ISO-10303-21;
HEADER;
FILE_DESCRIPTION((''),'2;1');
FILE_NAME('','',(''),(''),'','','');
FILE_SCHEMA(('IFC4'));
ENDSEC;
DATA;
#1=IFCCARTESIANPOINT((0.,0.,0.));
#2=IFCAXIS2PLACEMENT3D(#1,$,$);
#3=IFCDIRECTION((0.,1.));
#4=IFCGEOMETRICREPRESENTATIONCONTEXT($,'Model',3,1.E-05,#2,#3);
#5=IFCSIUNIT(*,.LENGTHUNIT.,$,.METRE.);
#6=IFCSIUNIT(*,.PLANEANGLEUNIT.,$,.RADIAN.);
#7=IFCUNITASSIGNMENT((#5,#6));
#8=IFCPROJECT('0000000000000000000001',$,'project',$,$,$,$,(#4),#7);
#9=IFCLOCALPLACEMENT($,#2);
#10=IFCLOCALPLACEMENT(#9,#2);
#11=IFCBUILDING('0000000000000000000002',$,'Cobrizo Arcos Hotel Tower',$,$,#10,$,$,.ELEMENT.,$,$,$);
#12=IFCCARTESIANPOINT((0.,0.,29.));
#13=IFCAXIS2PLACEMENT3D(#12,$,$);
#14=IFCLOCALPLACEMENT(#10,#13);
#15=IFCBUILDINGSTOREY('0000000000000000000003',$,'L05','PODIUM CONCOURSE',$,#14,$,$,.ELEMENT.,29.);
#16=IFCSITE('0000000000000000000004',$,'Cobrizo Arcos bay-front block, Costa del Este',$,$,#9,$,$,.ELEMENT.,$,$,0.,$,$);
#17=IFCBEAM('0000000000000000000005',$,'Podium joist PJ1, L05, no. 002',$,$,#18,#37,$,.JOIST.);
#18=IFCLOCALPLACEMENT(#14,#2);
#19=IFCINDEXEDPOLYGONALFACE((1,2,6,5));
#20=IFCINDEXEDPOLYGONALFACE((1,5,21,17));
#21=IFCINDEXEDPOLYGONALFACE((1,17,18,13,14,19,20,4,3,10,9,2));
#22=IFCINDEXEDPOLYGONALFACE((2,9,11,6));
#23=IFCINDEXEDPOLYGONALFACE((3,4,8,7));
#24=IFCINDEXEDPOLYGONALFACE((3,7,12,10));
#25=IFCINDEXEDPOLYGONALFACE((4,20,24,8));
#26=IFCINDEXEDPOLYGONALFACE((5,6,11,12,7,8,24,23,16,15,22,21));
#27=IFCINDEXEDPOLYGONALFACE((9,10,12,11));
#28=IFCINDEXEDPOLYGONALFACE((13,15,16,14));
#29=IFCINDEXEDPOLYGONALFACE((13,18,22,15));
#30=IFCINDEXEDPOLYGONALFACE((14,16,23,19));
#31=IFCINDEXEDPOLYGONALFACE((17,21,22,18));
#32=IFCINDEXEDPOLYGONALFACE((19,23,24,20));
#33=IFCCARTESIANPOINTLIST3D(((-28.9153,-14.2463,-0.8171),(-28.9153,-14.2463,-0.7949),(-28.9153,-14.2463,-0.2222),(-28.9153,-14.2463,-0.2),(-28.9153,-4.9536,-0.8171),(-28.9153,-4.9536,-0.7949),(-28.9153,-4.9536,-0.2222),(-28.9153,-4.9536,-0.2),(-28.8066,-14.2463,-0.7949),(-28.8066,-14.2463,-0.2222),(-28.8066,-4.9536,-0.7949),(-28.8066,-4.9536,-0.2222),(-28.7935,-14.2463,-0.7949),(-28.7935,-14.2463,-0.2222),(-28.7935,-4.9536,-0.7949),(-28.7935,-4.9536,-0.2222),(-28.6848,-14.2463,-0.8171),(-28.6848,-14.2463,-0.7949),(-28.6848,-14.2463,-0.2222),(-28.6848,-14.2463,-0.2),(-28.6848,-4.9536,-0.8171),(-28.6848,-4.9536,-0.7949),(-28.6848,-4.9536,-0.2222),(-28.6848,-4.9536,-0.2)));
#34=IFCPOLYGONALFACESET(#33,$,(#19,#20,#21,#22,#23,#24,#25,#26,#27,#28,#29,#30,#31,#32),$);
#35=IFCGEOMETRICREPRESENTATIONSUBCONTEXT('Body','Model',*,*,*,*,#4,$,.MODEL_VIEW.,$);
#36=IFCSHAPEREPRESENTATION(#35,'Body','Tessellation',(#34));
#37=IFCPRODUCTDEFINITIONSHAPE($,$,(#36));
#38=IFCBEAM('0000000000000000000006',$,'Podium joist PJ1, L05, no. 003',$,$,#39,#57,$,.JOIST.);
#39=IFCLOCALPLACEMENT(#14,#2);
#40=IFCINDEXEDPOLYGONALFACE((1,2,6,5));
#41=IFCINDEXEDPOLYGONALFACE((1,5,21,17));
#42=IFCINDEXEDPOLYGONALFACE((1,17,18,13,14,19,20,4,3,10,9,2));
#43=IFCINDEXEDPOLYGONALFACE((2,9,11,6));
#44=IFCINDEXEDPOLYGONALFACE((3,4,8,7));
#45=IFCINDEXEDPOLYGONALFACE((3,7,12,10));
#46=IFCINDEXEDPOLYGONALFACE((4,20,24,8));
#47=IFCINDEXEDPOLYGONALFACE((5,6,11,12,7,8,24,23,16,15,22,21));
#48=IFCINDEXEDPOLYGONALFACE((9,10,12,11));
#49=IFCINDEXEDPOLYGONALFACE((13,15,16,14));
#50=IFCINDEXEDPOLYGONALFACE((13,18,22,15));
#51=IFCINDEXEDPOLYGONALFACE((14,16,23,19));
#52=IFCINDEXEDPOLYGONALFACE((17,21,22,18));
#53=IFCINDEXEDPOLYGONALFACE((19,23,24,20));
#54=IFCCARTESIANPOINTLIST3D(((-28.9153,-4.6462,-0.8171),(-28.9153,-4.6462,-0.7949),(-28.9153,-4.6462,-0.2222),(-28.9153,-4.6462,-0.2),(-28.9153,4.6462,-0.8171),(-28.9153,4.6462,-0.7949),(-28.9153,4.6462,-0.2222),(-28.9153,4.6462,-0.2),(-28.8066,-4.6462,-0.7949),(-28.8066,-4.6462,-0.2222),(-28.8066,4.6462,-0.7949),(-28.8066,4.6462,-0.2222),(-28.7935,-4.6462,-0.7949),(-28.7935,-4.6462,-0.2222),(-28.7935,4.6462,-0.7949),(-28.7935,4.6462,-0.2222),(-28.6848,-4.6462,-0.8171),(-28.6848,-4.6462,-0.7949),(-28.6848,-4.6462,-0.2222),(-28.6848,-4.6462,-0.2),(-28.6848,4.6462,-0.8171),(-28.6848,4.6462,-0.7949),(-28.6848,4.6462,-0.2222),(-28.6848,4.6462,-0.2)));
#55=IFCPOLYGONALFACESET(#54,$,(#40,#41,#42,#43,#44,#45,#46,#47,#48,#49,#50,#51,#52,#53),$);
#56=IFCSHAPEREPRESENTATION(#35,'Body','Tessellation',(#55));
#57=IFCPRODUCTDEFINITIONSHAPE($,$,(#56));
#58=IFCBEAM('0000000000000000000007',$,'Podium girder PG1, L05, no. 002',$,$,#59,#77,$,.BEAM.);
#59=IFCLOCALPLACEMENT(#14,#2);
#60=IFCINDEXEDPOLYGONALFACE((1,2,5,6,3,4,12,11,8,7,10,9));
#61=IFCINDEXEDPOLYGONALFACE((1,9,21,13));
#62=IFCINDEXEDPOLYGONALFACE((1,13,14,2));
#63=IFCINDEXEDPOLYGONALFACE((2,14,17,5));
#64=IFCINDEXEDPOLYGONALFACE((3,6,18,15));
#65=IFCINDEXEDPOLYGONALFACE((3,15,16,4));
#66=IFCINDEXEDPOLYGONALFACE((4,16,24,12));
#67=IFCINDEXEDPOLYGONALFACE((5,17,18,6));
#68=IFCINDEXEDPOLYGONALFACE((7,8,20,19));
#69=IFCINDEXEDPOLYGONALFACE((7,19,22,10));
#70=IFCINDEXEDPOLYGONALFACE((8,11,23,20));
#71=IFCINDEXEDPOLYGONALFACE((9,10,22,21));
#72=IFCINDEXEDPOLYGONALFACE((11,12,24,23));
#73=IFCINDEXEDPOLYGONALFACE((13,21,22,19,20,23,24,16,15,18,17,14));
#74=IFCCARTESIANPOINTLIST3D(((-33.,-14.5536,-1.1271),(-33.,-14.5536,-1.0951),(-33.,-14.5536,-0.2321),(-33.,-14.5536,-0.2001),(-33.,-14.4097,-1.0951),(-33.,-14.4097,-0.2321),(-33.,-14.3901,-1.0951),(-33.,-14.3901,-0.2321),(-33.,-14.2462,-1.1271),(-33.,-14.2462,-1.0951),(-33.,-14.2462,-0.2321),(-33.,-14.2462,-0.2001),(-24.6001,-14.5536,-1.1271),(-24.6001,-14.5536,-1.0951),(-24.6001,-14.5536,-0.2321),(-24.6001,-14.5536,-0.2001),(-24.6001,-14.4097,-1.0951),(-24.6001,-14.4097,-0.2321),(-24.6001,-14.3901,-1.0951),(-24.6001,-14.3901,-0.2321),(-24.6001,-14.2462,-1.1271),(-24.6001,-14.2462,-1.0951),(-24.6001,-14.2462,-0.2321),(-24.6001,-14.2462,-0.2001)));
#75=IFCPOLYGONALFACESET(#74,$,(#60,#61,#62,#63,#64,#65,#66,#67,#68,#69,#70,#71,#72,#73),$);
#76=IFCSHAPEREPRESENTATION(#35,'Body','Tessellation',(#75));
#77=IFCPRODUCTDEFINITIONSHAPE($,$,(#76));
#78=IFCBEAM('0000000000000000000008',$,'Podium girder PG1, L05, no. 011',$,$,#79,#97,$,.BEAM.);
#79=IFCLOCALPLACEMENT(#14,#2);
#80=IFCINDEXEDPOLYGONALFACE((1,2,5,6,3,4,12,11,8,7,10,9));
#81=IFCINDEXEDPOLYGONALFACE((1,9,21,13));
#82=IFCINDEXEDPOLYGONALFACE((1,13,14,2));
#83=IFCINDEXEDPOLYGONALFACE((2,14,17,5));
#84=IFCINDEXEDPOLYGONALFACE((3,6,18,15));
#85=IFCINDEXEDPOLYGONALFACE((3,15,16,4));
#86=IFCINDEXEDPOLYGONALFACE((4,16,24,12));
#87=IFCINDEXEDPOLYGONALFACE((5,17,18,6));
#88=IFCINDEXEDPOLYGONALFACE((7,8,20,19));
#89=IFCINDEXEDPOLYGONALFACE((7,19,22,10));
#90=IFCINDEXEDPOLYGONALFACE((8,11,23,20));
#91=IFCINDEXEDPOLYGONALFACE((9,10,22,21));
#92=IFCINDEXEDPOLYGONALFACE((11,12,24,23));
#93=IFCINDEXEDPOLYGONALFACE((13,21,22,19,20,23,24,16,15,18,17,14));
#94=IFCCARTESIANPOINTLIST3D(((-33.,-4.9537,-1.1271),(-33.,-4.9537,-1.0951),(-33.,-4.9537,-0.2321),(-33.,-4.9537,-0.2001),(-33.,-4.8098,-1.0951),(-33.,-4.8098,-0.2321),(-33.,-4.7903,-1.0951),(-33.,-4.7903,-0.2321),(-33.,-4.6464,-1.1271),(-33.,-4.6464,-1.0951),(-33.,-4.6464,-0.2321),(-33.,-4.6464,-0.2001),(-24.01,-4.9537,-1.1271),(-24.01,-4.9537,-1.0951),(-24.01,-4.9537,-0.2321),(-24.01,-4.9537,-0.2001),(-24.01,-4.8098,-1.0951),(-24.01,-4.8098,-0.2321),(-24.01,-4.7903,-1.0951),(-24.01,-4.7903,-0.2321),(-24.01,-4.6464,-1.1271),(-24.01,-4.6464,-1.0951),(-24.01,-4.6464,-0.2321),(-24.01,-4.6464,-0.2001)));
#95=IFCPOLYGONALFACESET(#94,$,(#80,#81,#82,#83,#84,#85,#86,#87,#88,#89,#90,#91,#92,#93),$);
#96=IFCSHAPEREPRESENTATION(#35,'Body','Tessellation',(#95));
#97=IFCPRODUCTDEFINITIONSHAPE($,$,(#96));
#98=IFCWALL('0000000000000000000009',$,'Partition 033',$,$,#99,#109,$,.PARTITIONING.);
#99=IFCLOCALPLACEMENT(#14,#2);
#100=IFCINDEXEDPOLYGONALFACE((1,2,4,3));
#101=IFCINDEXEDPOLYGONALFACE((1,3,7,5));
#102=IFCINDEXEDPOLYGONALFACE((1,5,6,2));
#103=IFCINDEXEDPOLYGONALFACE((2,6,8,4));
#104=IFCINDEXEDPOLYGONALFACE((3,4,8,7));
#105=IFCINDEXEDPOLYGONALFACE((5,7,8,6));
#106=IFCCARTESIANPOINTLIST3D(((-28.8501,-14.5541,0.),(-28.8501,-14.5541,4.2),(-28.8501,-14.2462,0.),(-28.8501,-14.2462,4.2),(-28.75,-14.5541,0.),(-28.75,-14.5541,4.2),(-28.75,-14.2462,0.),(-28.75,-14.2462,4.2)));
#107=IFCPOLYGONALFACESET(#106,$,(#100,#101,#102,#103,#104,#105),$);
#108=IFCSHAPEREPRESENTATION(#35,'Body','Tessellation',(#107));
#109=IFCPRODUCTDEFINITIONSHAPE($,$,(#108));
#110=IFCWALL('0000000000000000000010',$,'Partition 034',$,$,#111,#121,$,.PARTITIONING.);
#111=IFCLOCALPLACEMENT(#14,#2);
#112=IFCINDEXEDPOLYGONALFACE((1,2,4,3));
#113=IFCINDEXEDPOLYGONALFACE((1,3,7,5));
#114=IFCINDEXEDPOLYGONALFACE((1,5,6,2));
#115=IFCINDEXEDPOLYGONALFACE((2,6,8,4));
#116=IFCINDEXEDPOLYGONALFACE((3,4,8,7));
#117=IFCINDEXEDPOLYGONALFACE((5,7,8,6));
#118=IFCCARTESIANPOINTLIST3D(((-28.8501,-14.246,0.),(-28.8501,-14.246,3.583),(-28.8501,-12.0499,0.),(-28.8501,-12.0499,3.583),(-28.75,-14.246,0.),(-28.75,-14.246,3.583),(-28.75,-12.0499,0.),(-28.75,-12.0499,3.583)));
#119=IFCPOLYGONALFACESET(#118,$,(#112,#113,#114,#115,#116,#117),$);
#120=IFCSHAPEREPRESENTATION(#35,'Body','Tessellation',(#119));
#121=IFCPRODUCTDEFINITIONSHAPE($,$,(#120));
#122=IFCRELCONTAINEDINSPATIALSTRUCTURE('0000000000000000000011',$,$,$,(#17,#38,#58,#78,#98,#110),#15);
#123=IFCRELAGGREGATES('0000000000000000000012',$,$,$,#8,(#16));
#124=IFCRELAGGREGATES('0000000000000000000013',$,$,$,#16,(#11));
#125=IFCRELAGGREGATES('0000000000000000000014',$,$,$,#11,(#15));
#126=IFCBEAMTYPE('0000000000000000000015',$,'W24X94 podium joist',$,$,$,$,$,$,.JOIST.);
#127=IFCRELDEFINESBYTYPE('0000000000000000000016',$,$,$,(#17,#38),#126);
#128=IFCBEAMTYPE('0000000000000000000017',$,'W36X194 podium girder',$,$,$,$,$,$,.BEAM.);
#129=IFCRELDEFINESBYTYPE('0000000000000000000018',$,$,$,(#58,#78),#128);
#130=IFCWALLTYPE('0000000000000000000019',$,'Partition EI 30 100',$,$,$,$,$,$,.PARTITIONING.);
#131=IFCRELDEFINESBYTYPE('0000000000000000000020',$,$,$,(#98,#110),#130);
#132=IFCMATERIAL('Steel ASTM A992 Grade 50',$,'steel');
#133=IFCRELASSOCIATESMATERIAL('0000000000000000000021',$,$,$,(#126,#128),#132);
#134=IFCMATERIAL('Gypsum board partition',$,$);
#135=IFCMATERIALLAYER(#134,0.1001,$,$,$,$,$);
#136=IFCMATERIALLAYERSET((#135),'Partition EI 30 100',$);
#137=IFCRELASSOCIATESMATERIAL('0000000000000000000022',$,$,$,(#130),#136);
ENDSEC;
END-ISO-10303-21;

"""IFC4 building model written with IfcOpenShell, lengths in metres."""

from ifc_helpers import new_model, si_unit, direction, frame, frame_2d, origin, origin_2d, place, context, subcontext, project, spatial, rectangle, i_section, extrude, material, layer, layer_set, material_profile, profile_set, type_object, element, save


model = new_model("IFC4")

# Units and contexts
model_context = context("Model", 3, precision=1e-05, world=origin(), true_north=direction((0.0, 1.0)))
body_context = subcontext(model_context, "Body", "Model", "MODEL_VIEW")
ifc_project = project(units=[si_unit("LENGTHUNIT", "METRE"), si_unit("PLANEANGLEUNIT", "RADIAN")], contexts=[model_context])

# Site, building, storey
site_placement = place(None, origin())
site = spatial("IfcSite", under=ifc_project, at=site_placement, Name="Cobrizo Arcos bay-front block, Costa del Este", CompositionType="ELEMENT", RefElevation=0.0)
building_placement = place(site_placement, origin())
building = spatial("IfcBuilding", under=site, at=building_placement, Name="Cobrizo Arcos Hotel Tower", CompositionType="ELEMENT")
storey_placement = place(building_placement, frame((0.0, 0.0, 29.0)))
storey = spatial("IfcBuildingStorey", under=building, at=storey_placement, Name="L05", Description="PODIUM CONCOURSE", CompositionType="ELEMENT", Elevation=29.0)

# Beams
ifc_material_1 = material(Name="Steel ASTM A992 Grade 50", Category="steel")
ifc_material_profile_1 = material_profile(ifc_material_1, i_section(OverallWidth=0.2305, OverallDepth=0.6172, WebThickness=0.0132, FlangeThickness=0.0222, at=origin_2d()), Name="W24X94")
ifc_profile_set_1 = profile_set([ifc_material_profile_1], Name="Steel ASTM A992 Grade 50")
beam_type_1 = type_object("IfcBeamType", Name="W24X94 podium joist", PredefinedType="JOIST", material=ifc_profile_set_1)
beam_1_placement = place(storey_placement, frame((-28.8, -14.2463, -0.5085), z_axis=(0.0, 1.0, 0.0), x_axis=(-1.0, 0.0, 0.0)))
element("IfcBeam", 1, at=beam_1_placement, inside=storey, type_object=beam_type_1, Name="Podium joist PJ1, L05, no. 002", PredefinedType="JOIST", context=body_context, shape_type="SweptSolid", body=[
    extrude(i_section(OverallWidth=0.2305, OverallDepth=0.6172, WebThickness=0.0132, FlangeThickness=0.0222, at=origin_2d()), origin(), (0.0, 0.0, 1.0), 9.2927),
])
beam_2_placement = place(storey_placement, frame((-28.8, -4.6462, -0.5085), z_axis=(0.0, 1.0, 0.0), x_axis=(-1.0, 0.0, 0.0)))
element("IfcBeam", 2, at=beam_2_placement, inside=storey, type_object=beam_type_1, Name="Podium joist PJ1, L05, no. 003", PredefinedType="JOIST", context=body_context, shape_type="SweptSolid", body=[
    extrude(i_section(OverallWidth=0.2305, OverallDepth=0.6172, WebThickness=0.0132, FlangeThickness=0.0222, at=origin_2d()), origin(), (0.0, 0.0, 1.0), 9.2925),
])
ifc_material_profile_2 = material_profile(ifc_material_1, i_section(OverallWidth=0.3074, OverallDepth=0.927, WebThickness=0.0195, FlangeThickness=0.032, at=origin_2d()), Name="W36X194")
ifc_profile_set_2 = profile_set([ifc_material_profile_2], Name="Steel ASTM A992 Grade 50")
beam_type_2 = type_object("IfcBeamType", Name="W36X194 podium girder", PredefinedType="BEAM", material=ifc_profile_set_2)
beam_3_placement = place(storey_placement, frame((-33.0, -14.3999, -0.6636), z_axis=(1.0, 0.0, 0.0), x_axis=(0.0, 1.0, 0.0)))
element("IfcBeam", 3, at=beam_3_placement, inside=storey, type_object=beam_type_2, Name="Podium girder PG1, L05, no. 002", PredefinedType="BEAM", context=body_context, shape_type="SweptSolid", body=[
    extrude(i_section(OverallWidth=0.3074, OverallDepth=0.927, WebThickness=0.0195, FlangeThickness=0.032, at=origin_2d()), origin(), (0.0, 0.0, 1.0), 8.3999),
])
beam_4_placement = place(storey_placement, frame((-33.0, -4.8, -0.6636), z_axis=(1.0, 0.0, 0.0), x_axis=(0.0, 1.0, 0.0)))
element("IfcBeam", 4, at=beam_4_placement, inside=storey, type_object=beam_type_2, Name="Podium girder PG1, L05, no. 011", PredefinedType="BEAM", context=body_context, shape_type="SweptSolid", body=[
    extrude(i_section(OverallWidth=0.3074, OverallDepth=0.927, WebThickness=0.0195, FlangeThickness=0.032, at=origin_2d()), origin(), (0.0, 0.0, 1.0), 8.99),
])

# Shared definitions
ifc_material_2 = material(Name="Gypsum board partition")

# Walls
ifc_layer_1 = layer(ifc_material_2, 0.1001)
ifc_layer_set_1 = layer_set([ifc_layer_1], Name="Partition EI 30 100")
wall_type_1 = type_object("IfcWallType", Name="Partition EI 30 100", PredefinedType="PARTITIONING", material=ifc_layer_set_1)
wall_1_placement = place(storey_placement, frame((-28.8, -14.554, 0.0), z_axis=(0.0, 0.0, 1.0), x_axis=(0.0, 1.0, 0.0)))
element("IfcWall", 5, at=wall_1_placement, inside=storey, type_object=wall_type_1, Name="Partition 033", PredefinedType="PARTITIONING", context=body_context, shape_type="SweptSolid", body=[
    extrude(rectangle(XDim=0.3079, YDim=0.1001, at=frame_2d((0.1538, 0.0))), origin(), (0.0, 0.0, 1.0), 4.2),
])
wall_2_placement = place(storey_placement, frame((-28.8, -14.2461, 0.0), z_axis=(0.0, 0.0, 1.0), x_axis=(0.0, 1.0, 0.0)))
element("IfcWall", 6, at=wall_2_placement, inside=storey, type_object=wall_type_1, Name="Partition 034", PredefinedType="PARTITIONING", context=body_context, shape_type="SweptSolid", body=[
    extrude(rectangle(XDim=2.196, YDim=0.1001, at=frame_2d((1.0981, 0.0))), origin(), (0.0, 0.0, 1.0), 3.583),
])

save(model, "model.ifc")
